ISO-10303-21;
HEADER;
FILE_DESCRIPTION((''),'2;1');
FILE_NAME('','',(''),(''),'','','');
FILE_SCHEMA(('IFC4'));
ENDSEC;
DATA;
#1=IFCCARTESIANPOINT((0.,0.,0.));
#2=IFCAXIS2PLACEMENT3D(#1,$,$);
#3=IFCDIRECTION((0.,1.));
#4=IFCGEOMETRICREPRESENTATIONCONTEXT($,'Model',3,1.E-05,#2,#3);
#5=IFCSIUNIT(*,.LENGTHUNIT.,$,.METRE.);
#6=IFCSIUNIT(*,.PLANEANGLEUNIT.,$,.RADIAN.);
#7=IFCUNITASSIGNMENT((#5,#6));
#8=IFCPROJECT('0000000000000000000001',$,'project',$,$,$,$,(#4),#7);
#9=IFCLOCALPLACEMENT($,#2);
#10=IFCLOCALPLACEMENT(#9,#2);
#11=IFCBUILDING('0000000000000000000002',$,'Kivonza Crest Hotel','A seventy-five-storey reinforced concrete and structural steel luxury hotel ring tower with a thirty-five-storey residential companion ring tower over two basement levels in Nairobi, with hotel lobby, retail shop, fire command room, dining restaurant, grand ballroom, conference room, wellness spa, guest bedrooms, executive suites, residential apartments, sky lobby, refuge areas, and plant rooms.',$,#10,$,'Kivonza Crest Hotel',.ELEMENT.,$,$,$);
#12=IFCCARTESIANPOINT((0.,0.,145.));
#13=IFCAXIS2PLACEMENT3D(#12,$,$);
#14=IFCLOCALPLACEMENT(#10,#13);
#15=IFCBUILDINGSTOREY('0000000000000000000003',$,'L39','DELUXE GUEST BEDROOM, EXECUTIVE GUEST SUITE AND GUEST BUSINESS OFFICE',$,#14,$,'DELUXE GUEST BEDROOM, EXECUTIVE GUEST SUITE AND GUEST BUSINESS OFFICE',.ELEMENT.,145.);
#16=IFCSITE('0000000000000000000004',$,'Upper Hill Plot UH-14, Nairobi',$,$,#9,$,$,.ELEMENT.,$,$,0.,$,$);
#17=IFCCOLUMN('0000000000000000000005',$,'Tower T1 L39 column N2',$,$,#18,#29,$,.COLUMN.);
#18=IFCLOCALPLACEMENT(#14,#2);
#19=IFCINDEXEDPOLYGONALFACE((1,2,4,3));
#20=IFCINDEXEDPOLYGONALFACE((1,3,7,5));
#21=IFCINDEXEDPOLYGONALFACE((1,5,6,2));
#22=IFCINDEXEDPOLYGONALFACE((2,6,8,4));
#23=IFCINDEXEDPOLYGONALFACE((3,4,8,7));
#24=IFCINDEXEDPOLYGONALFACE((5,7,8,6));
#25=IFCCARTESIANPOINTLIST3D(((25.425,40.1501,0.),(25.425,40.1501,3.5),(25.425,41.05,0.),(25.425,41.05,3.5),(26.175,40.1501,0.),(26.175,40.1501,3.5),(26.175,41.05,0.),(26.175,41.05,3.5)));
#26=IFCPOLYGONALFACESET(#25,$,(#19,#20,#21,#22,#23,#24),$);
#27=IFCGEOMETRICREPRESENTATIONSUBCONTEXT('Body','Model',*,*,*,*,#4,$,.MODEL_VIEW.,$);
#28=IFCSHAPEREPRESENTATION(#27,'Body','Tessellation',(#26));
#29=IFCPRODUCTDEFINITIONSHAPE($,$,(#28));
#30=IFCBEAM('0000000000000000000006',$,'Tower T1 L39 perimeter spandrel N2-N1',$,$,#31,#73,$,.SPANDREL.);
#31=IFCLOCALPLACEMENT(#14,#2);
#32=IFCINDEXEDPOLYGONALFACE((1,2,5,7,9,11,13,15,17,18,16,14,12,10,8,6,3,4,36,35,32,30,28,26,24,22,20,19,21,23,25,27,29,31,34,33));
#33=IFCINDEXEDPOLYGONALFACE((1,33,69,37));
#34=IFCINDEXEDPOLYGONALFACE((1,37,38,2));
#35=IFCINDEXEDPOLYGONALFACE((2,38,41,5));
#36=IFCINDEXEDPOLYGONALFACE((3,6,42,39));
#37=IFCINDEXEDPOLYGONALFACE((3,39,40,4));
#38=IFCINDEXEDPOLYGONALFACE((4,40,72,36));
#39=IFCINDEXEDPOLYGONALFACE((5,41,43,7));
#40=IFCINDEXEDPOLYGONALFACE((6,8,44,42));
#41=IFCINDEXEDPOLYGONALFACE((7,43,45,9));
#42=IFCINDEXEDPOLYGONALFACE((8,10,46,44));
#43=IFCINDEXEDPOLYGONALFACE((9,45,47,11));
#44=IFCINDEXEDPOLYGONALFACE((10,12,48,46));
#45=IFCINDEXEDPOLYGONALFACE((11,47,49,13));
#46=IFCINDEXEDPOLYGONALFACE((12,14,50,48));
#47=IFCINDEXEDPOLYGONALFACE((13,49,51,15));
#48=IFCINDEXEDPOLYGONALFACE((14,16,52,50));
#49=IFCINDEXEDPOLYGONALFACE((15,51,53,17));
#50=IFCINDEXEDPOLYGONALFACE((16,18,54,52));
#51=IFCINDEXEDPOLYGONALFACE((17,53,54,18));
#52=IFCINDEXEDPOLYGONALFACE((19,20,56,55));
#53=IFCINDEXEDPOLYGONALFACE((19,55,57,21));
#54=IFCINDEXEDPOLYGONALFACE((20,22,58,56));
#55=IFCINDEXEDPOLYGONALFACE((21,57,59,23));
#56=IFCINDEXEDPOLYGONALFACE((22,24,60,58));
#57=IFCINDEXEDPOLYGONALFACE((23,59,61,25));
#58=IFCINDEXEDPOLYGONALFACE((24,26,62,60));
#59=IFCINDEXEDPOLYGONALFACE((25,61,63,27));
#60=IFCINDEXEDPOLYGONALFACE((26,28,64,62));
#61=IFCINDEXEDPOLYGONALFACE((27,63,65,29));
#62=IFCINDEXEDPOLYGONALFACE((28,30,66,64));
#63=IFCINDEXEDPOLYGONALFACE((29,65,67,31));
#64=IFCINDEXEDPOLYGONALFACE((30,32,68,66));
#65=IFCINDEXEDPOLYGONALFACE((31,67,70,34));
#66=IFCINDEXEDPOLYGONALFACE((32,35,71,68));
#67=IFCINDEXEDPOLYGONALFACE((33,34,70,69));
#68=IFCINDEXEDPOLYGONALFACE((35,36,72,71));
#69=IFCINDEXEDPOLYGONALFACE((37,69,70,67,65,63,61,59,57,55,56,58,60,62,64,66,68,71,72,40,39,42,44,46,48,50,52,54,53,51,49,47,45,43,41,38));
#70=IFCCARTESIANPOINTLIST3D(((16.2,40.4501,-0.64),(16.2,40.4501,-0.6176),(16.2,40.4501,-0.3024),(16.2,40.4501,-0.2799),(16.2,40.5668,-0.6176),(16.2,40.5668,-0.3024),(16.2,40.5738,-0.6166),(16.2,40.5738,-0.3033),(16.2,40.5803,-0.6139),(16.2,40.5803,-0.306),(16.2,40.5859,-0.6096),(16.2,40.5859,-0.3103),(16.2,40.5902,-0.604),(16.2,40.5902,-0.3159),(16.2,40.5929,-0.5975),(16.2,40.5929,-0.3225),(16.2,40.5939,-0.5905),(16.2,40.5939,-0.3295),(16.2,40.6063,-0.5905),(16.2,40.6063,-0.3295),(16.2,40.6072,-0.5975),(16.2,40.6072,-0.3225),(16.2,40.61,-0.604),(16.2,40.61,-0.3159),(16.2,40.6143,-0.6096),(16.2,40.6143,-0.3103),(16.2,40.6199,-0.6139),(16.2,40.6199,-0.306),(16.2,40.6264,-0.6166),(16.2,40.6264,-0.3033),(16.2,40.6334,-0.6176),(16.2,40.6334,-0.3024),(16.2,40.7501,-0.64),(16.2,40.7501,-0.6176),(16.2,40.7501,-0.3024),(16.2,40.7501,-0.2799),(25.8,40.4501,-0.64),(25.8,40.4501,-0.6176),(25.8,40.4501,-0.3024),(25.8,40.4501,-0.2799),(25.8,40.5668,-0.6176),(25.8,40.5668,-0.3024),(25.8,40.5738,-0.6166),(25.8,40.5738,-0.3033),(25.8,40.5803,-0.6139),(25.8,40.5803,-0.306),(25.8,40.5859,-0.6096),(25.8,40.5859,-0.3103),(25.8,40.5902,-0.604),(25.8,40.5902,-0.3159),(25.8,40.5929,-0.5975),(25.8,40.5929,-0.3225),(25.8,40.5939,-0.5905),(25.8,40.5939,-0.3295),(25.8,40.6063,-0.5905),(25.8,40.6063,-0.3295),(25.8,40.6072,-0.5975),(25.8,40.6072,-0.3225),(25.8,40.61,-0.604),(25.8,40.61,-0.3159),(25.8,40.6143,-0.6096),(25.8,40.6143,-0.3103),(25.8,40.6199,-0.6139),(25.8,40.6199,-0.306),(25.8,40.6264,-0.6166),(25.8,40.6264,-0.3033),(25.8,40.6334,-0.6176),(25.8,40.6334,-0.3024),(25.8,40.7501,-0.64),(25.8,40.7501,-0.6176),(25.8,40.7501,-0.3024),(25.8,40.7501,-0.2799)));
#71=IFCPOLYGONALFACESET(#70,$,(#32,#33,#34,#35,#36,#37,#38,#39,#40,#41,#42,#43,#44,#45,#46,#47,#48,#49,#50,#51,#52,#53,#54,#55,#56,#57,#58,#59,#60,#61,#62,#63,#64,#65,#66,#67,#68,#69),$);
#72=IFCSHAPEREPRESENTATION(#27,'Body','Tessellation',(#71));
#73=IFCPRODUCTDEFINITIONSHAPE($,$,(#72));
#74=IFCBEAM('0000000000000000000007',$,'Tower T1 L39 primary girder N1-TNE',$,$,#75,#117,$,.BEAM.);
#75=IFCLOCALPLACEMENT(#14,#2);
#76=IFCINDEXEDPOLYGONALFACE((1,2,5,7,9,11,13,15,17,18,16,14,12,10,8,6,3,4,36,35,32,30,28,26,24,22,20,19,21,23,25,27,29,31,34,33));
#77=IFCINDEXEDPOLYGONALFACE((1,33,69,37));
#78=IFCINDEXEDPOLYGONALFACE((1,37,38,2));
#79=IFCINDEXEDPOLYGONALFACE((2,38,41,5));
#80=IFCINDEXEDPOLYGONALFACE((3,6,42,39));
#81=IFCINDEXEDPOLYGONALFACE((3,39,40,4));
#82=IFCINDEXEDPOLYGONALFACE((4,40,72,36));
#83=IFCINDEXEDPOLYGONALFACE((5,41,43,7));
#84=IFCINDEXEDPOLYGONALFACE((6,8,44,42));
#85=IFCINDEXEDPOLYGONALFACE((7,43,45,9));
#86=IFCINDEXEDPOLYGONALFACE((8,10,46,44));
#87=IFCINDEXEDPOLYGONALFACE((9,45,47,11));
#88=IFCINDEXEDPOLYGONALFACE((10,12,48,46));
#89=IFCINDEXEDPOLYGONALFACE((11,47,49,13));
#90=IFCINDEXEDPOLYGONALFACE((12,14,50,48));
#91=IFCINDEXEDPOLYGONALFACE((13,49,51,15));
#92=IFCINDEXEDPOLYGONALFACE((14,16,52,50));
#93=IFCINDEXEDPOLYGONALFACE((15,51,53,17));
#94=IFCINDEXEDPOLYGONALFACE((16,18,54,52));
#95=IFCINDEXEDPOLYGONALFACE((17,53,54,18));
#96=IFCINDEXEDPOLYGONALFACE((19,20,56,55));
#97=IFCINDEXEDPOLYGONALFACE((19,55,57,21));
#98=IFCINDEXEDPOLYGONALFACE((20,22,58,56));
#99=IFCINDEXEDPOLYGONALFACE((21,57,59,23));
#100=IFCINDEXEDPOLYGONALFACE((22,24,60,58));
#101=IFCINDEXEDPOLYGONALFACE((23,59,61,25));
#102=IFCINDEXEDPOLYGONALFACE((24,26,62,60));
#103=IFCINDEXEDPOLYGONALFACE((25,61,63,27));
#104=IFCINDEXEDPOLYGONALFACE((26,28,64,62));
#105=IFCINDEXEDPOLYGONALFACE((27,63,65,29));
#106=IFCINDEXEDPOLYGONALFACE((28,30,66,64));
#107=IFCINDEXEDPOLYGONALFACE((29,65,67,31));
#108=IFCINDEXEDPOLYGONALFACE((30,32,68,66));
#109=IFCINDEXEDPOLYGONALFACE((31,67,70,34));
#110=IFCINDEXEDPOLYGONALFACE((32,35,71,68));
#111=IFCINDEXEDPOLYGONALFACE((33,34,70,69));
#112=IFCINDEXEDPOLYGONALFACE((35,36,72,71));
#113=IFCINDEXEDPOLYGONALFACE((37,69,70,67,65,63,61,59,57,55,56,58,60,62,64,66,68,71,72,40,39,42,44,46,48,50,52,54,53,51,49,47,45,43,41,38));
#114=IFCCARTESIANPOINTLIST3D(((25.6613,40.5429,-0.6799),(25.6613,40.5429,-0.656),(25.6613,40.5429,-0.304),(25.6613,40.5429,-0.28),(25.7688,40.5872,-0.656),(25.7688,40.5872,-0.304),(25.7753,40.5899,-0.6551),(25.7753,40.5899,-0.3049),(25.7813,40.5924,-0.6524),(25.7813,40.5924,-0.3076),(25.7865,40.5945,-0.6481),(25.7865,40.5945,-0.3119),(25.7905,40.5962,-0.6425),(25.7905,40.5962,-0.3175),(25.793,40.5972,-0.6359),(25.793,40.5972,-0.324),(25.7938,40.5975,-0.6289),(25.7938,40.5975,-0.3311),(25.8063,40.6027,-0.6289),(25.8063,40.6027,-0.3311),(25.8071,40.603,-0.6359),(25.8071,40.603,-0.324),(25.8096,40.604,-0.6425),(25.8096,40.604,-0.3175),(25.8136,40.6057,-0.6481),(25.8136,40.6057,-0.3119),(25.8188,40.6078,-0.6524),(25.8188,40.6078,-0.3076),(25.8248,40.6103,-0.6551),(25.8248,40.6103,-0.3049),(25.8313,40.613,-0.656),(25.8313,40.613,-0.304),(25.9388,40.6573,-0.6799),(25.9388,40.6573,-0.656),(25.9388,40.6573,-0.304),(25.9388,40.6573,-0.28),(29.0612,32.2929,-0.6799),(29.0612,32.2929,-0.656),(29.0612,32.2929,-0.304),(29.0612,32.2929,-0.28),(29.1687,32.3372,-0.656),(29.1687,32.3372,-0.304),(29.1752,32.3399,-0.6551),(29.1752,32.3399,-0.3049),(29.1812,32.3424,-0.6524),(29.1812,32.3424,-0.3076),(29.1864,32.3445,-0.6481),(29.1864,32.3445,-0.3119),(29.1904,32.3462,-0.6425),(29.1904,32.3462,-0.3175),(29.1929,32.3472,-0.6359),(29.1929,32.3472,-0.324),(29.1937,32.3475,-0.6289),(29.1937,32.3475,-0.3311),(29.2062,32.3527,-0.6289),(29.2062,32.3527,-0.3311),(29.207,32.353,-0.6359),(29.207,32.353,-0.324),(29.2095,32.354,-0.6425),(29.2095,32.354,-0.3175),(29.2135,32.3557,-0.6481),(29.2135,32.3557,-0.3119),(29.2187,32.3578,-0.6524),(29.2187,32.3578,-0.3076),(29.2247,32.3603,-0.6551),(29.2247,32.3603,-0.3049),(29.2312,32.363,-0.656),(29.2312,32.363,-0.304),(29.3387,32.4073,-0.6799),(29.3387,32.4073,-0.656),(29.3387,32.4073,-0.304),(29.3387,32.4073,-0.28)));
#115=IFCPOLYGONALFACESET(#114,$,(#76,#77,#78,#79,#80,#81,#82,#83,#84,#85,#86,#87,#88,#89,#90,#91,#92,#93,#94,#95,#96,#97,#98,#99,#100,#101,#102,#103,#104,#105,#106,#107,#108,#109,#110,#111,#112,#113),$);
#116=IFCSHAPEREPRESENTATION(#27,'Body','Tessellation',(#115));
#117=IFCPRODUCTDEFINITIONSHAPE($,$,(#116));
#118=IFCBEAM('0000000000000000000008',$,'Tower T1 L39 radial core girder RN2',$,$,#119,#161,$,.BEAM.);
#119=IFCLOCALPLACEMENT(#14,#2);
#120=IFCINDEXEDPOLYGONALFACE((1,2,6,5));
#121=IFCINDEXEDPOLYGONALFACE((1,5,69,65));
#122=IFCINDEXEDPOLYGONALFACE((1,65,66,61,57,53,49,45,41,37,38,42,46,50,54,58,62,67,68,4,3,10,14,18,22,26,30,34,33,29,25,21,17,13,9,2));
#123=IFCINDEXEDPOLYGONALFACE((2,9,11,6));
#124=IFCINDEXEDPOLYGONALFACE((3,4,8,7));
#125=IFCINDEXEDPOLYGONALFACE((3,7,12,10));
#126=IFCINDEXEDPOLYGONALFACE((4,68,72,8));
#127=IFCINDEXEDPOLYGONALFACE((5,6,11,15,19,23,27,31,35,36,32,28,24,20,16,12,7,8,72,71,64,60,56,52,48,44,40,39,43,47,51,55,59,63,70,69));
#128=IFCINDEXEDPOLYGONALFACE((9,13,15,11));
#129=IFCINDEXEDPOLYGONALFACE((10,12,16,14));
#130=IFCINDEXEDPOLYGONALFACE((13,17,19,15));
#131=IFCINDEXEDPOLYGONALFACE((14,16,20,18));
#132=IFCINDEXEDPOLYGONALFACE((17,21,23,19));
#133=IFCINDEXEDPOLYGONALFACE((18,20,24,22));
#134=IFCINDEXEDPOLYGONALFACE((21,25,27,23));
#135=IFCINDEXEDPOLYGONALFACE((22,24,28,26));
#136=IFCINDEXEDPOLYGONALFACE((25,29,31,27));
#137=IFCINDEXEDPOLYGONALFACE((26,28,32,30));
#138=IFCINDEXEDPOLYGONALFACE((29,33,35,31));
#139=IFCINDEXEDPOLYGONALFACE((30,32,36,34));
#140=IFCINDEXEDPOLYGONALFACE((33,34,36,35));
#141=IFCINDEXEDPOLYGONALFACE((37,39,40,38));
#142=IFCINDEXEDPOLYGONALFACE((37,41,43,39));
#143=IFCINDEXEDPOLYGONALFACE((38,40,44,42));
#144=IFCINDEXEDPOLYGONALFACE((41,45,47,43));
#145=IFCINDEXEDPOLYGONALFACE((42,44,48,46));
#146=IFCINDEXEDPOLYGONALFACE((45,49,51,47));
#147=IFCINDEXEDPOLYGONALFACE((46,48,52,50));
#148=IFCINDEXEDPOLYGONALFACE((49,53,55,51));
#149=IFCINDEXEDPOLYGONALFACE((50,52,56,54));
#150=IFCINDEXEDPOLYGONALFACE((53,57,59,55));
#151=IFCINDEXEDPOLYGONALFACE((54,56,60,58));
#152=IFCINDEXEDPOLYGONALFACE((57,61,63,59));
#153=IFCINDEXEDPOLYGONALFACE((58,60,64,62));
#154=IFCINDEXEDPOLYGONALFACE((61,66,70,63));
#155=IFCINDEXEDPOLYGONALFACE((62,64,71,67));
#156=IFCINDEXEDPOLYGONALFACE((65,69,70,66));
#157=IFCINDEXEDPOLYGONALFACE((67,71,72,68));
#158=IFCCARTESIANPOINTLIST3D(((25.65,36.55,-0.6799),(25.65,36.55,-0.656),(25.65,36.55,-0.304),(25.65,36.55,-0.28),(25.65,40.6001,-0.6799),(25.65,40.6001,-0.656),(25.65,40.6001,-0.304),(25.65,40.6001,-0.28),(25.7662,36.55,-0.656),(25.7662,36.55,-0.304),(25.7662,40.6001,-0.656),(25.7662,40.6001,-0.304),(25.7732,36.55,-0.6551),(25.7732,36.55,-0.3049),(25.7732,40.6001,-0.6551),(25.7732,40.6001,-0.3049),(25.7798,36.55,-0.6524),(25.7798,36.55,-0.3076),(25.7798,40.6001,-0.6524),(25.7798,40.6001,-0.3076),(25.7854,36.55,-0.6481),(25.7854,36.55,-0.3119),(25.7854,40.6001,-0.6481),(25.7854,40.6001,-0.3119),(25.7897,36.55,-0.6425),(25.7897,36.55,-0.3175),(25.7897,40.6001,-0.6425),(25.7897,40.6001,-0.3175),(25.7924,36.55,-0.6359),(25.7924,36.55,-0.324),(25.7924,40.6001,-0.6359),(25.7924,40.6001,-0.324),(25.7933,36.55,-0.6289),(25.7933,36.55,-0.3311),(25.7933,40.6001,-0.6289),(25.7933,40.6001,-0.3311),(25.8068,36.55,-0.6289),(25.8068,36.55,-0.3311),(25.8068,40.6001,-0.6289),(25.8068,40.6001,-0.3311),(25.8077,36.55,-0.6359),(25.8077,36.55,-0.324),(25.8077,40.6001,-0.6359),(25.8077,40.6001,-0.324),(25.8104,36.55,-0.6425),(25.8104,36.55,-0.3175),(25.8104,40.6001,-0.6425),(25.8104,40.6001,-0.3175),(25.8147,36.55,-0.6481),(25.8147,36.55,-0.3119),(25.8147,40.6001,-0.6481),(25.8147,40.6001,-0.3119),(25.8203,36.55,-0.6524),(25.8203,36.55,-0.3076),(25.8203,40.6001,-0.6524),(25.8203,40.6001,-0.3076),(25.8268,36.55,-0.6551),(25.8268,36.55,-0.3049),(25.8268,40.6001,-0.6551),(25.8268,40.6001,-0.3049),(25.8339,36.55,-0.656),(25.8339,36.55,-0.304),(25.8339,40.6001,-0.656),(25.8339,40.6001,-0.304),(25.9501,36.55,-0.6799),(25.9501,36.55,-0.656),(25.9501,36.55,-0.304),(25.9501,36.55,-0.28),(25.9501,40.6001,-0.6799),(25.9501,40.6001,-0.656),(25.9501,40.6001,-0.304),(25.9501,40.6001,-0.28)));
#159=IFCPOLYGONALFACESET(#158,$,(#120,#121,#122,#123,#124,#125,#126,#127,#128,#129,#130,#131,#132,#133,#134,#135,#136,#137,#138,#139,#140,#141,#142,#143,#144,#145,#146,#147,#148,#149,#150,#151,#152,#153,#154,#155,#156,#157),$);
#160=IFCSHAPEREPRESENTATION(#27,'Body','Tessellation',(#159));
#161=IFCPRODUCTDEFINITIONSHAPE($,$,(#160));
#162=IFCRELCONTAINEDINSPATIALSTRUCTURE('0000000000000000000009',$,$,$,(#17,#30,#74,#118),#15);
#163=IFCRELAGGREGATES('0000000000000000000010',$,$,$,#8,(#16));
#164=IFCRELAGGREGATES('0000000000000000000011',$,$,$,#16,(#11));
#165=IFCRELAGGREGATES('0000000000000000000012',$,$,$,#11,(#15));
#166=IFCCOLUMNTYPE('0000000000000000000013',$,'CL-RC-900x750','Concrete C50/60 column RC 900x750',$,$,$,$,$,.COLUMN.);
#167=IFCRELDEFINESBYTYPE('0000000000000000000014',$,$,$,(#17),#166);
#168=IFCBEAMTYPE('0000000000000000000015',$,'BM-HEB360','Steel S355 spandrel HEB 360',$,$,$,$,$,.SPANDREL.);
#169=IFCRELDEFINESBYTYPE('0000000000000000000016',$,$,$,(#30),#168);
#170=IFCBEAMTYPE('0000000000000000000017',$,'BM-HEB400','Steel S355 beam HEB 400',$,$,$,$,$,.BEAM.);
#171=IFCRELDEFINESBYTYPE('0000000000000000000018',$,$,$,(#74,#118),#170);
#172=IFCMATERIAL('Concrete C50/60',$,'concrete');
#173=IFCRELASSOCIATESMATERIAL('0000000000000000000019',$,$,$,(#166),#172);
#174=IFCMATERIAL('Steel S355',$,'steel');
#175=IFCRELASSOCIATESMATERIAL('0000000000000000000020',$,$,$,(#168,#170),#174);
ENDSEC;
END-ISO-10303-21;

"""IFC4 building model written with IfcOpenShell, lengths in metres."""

from ifc_helpers import new_model, si_unit, direction, frame, origin, origin_2d, place, context, subcontext, project, spatial, rectangle, i_section, extrude, material, material_profile, profile_set, type_object, element, save


model = new_model("IFC4")

# Units and contexts
model_context = context("Model", 3, precision=1e-05, world=origin(), true_north=direction((0.0, 1.0)))
body_context = subcontext(model_context, "Body", "Model", "MODEL_VIEW")
ifc_project = project(units=[si_unit("LENGTHUNIT", "METRE"), si_unit("PLANEANGLEUNIT", "RADIAN")], contexts=[model_context])

# Site, building, storey
site_placement = place(None, origin())
site = spatial("IfcSite", under=ifc_project, at=site_placement, Name="Upper Hill Plot UH-14, Nairobi", CompositionType="ELEMENT", RefElevation=0.0)
building_placement = place(site_placement, origin())
building = spatial("IfcBuilding", under=site, at=building_placement, Name="Kivonza Crest Hotel", Description="A seventy-five-storey reinforced concrete and structural steel luxury hotel ring tower with a thirty-five-storey residential companion ring tower over two basement levels in Nairobi, with hotel lobby, retail shop, fire command room, dining restaurant, grand ballroom, conference room, wellness spa, guest bedrooms, executive suites, residential apartments, sky lobby, refuge areas, and plant rooms.", LongName="Kivonza Crest Hotel", CompositionType="ELEMENT")
storey_placement = place(building_placement, frame((0.0, 0.0, 145.0)))
storey = spatial("IfcBuildingStorey", under=building, at=storey_placement, Name="L39", Description="DELUXE GUEST BEDROOM, EXECUTIVE GUEST SUITE AND GUEST BUSINESS OFFICE", LongName="DELUXE GUEST BEDROOM, EXECUTIVE GUEST SUITE AND GUEST BUSINESS OFFICE", CompositionType="ELEMENT", Elevation=145.0)

# Column
ifc_material_1 = material(Name="Concrete C50/60", Category="concrete")
ifc_material_profile_1 = material_profile(ifc_material_1, rectangle(XDim=0.75, YDim=0.8999, at=origin_2d()), Name="RC 900x750")
ifc_profile_set_1 = profile_set([ifc_material_profile_1], Name="Concrete C50/60")
column_type = type_object("IfcColumnType", Name="CL-RC-900x750", Description="Concrete C50/60 column RC 900x750", PredefinedType="COLUMN", material=ifc_profile_set_1)
column_placement = place(storey_placement, frame((25.8, 40.6001, 0.0), z_axis=(0.0, 0.0, 1.0), x_axis=(1.0, 0.0, 0.0)))
element("IfcColumn", 1, at=column_placement, inside=storey, type_object=column_type, Name="Tower T1 L39 column N2", PredefinedType="COLUMN", context=body_context, shape_type="SweptSolid", body=[
    extrude(rectangle(XDim=0.75, YDim=0.8999, at=origin_2d()), origin(), (0.0, 0.0, 1.0), 3.5),
])

# Beams
ifc_material_2 = material(Name="Steel S355", Category="steel")
ifc_material_profile_2 = material_profile(ifc_material_2, i_section(OverallWidth=0.3, OverallDepth=0.3601, WebThickness=0.0125, FlangeThickness=0.0225, FilletRadius=0.0271, at=origin_2d()), Name="HEB 360")
ifc_profile_set_2 = profile_set([ifc_material_profile_2], Name="Steel S355")
beam_type_1 = type_object("IfcBeamType", Name="BM-HEB360", Description="Steel S355 spandrel HEB 360", PredefinedType="SPANDREL", material=ifc_profile_set_2)
beam_1_placement = place(storey_placement, frame((25.8, 40.6001, -0.46), z_axis=(-1.0, 0.0, 0.0), x_axis=(0.0, -1.0, 0.0)))
element("IfcBeam", 2, at=beam_1_placement, inside=storey, type_object=beam_type_1, Name="Tower T1 L39 perimeter spandrel N2-N1", PredefinedType="SPANDREL", context=body_context, shape_type="SweptSolid", body=[
    extrude(i_section(OverallWidth=0.3, OverallDepth=0.3601, WebThickness=0.0125, FlangeThickness=0.0225, FilletRadius=0.0271, at=origin_2d()), origin(), (0.0, 0.0, 1.0), 9.6001),
])
ifc_material_profile_3 = material_profile(ifc_material_2, i_section(OverallWidth=0.3, OverallDepth=0.3999, WebThickness=0.0134, FlangeThickness=0.0239, FilletRadius=0.0271, at=origin_2d()), Name="HEB 400")
ifc_profile_set_3 = profile_set([ifc_material_profile_3], Name="Steel S355")
beam_type_2 = type_object("IfcBeamType", Name="BM-HEB400", Description="Steel S355 beam HEB 400", PredefinedType="BEAM", material=ifc_profile_set_3)
beam_2_placement = place(storey_placement, frame((25.8, 40.6001, -0.48), z_axis=(0.381022, -0.924566, 0.0), x_axis=(0.924566, 0.381022, 0.0)))
element("IfcBeam", 3, at=beam_2_placement, inside=storey, type_object=beam_type_2, Name="Tower T1 L39 primary girder N1-TNE", PredefinedType="BEAM", context=body_context, shape_type="SweptSolid", body=[
    extrude(i_section(OverallWidth=0.3, OverallDepth=0.3999, WebThickness=0.0134, FlangeThickness=0.0239, FilletRadius=0.0271, at=origin_2d()), origin(), (0.0, 0.0, 1.0), 8.9231),
])
beam_3_placement = place(storey_placement, frame((25.8, 40.6001, -0.48), z_axis=(0.0, -1.0, 0.0), x_axis=(1.0, 0.0, 0.0)))
element("IfcBeam", 4, at=beam_3_placement, inside=storey, type_object=beam_type_2, Name="Tower T1 L39 radial core girder RN2", PredefinedType="BEAM", context=body_context, shape_type="SweptSolid", body=[
    extrude(i_section(OverallWidth=0.3, OverallDepth=0.3999, WebThickness=0.0134, FlangeThickness=0.0239, FilletRadius=0.0271, at=origin_2d()), origin(), (0.0, 0.0, 1.0), 4.05),
])

save(model, "model.ifc")
